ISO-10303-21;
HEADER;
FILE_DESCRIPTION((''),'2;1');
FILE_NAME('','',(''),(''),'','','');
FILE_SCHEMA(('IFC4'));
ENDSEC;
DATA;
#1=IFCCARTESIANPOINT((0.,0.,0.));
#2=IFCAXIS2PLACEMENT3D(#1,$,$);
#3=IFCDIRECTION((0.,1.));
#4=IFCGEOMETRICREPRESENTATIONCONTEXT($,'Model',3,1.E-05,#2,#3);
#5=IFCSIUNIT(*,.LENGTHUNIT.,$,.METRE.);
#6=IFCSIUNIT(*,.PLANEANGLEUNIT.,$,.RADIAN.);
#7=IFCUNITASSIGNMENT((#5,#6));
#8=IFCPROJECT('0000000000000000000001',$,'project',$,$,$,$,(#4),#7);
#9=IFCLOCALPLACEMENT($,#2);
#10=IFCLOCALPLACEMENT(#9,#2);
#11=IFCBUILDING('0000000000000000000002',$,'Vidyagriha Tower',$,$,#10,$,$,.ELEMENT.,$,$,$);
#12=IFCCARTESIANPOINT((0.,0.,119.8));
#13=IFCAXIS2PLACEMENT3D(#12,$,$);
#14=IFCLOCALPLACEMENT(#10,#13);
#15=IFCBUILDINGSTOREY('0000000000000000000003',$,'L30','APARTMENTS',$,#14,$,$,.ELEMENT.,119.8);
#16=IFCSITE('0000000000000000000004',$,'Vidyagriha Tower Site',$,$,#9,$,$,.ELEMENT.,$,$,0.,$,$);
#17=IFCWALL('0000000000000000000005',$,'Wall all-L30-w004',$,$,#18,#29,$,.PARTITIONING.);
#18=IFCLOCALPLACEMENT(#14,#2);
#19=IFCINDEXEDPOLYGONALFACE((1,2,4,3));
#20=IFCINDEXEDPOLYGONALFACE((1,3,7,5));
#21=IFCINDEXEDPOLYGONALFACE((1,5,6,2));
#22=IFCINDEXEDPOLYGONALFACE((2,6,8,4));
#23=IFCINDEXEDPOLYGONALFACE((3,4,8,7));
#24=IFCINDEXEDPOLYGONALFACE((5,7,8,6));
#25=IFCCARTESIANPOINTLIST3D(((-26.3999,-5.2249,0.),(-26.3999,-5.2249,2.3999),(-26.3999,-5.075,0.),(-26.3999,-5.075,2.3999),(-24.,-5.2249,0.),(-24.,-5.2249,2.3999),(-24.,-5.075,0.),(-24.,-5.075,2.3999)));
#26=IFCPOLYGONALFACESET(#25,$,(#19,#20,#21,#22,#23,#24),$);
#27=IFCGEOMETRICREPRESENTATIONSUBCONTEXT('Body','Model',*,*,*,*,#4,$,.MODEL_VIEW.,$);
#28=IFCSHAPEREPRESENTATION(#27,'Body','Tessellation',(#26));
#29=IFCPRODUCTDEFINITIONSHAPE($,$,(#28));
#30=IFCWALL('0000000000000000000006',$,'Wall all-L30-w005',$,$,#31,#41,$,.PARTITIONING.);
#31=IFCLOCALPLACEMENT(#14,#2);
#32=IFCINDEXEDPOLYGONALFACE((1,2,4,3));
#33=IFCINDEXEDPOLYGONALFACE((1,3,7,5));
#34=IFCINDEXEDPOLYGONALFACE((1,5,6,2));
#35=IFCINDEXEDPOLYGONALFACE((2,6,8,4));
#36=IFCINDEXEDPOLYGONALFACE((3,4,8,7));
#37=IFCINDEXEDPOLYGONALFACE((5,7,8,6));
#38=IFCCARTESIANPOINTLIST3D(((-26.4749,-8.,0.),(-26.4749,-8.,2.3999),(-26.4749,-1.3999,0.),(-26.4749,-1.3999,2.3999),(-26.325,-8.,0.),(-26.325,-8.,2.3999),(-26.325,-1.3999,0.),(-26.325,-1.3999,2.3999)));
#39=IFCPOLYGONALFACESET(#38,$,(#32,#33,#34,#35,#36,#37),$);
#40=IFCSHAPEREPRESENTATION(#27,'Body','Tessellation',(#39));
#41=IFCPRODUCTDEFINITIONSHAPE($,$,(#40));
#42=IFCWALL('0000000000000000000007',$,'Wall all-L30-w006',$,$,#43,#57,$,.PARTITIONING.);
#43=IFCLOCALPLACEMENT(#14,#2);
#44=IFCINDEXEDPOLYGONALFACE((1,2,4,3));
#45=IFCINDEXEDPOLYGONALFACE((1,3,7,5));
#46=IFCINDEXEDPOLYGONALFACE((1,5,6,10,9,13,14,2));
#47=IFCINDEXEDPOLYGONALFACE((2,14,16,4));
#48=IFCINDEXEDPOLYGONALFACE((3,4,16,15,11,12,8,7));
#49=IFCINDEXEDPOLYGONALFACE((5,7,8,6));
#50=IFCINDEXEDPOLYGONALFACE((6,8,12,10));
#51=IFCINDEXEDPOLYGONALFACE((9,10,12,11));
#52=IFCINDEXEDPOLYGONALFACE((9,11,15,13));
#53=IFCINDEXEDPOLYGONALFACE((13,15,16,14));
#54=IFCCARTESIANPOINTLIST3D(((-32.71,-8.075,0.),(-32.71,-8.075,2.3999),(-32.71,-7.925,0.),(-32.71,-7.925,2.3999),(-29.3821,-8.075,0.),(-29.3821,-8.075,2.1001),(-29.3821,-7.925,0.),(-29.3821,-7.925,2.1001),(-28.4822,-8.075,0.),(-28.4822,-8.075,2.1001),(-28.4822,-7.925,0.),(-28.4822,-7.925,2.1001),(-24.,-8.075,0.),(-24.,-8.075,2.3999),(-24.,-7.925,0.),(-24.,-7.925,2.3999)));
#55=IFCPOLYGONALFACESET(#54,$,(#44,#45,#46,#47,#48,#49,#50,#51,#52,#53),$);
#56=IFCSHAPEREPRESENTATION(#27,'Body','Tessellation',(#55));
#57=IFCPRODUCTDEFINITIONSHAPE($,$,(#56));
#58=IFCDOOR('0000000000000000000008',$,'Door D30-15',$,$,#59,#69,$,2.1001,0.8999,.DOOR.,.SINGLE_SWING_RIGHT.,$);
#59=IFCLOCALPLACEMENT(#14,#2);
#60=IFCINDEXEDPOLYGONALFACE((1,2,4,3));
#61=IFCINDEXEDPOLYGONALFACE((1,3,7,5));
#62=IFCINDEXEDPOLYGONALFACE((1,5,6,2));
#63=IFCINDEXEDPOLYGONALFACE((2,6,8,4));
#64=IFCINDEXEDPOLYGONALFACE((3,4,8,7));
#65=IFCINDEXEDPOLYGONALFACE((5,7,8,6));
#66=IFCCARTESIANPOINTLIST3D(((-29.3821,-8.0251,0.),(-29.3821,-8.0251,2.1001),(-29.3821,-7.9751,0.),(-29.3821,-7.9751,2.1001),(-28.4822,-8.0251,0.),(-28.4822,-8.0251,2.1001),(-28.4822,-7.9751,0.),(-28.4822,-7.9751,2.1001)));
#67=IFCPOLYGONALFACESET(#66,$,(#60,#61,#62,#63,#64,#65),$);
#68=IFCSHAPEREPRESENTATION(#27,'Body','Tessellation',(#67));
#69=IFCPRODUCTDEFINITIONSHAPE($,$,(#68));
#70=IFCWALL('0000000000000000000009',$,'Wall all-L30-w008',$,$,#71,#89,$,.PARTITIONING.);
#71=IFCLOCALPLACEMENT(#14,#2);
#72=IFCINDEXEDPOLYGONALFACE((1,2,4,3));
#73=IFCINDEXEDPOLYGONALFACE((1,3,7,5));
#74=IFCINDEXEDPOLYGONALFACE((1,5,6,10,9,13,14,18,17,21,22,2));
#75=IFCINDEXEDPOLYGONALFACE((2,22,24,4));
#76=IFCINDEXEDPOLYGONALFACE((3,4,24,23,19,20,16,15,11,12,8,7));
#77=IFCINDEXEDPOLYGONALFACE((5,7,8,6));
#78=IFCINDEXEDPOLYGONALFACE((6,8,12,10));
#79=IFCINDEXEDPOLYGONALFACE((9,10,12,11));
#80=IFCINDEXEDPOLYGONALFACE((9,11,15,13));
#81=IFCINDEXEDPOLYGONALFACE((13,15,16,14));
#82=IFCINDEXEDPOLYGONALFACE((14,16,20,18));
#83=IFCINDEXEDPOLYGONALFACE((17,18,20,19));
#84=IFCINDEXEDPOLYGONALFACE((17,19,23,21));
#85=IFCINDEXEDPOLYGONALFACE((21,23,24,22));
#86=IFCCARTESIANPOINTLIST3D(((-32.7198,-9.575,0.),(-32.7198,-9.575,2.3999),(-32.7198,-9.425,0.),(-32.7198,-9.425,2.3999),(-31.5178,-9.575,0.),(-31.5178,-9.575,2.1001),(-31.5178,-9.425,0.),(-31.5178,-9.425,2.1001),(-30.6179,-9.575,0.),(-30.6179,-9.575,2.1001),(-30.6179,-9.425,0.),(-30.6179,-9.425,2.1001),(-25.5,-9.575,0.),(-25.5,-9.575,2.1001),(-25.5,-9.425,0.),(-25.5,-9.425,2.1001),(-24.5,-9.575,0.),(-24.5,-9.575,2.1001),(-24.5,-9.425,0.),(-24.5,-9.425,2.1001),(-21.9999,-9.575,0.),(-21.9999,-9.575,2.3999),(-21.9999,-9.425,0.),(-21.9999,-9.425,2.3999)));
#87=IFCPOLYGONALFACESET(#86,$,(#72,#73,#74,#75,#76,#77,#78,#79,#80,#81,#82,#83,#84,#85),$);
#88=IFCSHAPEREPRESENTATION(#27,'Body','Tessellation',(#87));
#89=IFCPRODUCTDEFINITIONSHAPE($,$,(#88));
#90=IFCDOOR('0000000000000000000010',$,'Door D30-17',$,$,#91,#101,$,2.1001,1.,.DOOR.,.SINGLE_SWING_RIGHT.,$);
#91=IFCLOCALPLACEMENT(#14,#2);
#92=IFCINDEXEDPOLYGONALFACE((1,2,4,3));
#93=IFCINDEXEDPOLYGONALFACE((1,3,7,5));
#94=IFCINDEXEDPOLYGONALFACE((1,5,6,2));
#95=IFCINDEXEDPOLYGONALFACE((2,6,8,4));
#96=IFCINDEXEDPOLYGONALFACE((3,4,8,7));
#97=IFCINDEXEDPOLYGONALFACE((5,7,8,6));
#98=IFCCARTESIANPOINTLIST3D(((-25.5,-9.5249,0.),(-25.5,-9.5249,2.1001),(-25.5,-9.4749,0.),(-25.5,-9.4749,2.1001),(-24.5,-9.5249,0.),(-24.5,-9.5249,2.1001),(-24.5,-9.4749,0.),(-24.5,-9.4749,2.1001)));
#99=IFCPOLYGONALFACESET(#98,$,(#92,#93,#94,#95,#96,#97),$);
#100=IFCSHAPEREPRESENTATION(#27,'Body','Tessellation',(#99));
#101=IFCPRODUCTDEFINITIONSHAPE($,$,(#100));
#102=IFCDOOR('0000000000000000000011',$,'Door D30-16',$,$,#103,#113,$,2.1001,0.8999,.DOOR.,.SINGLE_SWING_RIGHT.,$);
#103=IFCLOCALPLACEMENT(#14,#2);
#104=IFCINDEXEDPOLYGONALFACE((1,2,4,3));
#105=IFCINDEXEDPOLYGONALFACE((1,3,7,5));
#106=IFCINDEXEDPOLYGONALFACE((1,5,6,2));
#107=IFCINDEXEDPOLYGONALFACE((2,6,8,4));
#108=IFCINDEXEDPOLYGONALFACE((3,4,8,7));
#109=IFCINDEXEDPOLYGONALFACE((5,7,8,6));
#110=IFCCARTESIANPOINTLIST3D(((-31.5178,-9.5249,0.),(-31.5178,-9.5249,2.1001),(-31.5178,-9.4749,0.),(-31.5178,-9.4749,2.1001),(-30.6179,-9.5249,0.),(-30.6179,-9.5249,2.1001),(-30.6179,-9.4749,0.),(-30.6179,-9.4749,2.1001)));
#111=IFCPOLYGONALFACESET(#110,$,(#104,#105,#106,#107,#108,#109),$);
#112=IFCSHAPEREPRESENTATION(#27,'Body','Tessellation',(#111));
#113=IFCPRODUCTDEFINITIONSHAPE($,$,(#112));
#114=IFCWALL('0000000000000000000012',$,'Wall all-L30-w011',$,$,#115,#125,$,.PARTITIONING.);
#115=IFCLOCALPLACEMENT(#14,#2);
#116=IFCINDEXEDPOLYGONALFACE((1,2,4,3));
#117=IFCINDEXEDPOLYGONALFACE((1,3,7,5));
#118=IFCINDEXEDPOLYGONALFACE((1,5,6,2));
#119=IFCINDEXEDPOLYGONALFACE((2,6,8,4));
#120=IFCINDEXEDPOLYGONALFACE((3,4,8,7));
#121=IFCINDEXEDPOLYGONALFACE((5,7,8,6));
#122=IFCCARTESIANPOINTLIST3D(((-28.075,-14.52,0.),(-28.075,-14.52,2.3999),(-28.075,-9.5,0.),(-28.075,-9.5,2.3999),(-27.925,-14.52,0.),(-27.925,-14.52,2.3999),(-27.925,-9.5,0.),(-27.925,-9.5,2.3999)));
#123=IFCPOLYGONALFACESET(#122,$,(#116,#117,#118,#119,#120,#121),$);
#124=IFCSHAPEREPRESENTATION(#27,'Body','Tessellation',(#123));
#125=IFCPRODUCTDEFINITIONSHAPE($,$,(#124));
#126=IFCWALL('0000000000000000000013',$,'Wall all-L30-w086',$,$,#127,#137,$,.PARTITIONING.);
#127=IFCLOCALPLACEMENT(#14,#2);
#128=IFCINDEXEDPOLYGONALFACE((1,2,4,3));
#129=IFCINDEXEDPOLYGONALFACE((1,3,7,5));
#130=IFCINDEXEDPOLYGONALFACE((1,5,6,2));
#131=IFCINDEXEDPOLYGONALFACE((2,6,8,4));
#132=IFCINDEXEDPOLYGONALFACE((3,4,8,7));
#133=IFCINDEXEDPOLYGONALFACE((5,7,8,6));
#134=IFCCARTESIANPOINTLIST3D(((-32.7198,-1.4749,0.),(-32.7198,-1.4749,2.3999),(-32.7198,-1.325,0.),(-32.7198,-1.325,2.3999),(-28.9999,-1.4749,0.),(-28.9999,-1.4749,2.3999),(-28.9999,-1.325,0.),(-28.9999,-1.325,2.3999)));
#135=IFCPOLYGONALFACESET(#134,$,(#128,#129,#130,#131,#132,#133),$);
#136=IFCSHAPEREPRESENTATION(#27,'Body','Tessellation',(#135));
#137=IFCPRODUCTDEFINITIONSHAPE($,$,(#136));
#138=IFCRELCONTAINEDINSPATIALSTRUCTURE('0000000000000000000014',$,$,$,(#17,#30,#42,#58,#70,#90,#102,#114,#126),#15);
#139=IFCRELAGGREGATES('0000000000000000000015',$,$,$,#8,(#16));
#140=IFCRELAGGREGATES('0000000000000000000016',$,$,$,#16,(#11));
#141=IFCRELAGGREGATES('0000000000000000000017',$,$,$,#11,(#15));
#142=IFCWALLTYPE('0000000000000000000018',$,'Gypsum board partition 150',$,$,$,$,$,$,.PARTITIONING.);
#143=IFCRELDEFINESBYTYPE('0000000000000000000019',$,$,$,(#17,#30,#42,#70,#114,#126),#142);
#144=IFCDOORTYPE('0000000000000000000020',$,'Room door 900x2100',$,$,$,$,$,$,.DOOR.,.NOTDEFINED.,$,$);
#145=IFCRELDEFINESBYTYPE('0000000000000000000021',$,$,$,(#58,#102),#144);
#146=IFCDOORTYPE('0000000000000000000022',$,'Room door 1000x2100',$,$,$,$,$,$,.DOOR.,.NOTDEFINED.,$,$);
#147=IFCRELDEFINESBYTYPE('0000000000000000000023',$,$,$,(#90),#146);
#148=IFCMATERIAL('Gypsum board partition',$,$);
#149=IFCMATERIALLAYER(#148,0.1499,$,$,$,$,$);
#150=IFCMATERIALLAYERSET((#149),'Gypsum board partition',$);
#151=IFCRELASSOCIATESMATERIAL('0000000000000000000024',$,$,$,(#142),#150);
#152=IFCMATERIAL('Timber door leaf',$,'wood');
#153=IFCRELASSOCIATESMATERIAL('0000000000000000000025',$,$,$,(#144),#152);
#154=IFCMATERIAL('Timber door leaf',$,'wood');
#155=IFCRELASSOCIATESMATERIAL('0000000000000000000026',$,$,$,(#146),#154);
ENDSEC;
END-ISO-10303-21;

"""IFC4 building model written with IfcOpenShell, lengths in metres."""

from ifc_helpers import new_model, si_unit, direction, frame, frame_2d, origin, place, context, subcontext, project, spatial, rectangle, extrude, material, layer, layer_set, type_object, element, fill, save


model = new_model("IFC4")

# Units and contexts
model_context = context("Model", 3, precision=1e-05, world=origin(), true_north=direction((0.0, 1.0)))
body_context = subcontext(model_context, "Body", "Model", "MODEL_VIEW")
ifc_project = project(units=[si_unit("LENGTHUNIT", "METRE"), si_unit("PLANEANGLEUNIT", "RADIAN")], contexts=[model_context])

# Site, building, storey
site_placement = place(None, origin())
site = spatial("IfcSite", under=ifc_project, at=site_placement, Name="Vidyagriha Tower Site", CompositionType="ELEMENT", RefElevation=0.0)
building_placement = place(site_placement, origin())
building = spatial("IfcBuilding", under=site, at=building_placement, Name="Vidyagriha Tower", CompositionType="ELEMENT")
storey_placement = place(building_placement, frame((0.0, 0.0, 119.8)))
storey = spatial("IfcBuildingStorey", under=building, at=storey_placement, Name="L30", Description="APARTMENTS", CompositionType="ELEMENT", Elevation=119.8)

# Walls
ifc_material_1 = material(Name="Gypsum board partition")
ifc_layer_1 = layer(ifc_material_1, 0.1499)
ifc_layer_set_1 = layer_set([ifc_layer_1], Name="Gypsum board partition")
wall_type_1 = type_object("IfcWallType", Name="Gypsum board partition 150", PredefinedType="PARTITIONING", material=ifc_layer_set_1)
wall_1_placement = place(storey_placement, frame((-24.0, -5.1499, 0.0), z_axis=(0.0, 0.0, 1.0), x_axis=(-1.0, 0.0, 0.0)))
element("IfcWall", 1, at=wall_1_placement, inside=storey, type_object=wall_type_1, Name="Wall all-L30-w004", PredefinedType="PARTITIONING", context=body_context, shape_type="SweptSolid", body=[
    extrude(rectangle(XDim=2.3999, YDim=0.1499, at=frame_2d((1.2, 0.0))), origin(), (0.0, 0.0, 1.0), 2.3999),
])
wall_2_placement = place(storey_placement, frame((-26.3999, -8.0, 0.0), z_axis=(0.0, 0.0, 1.0), x_axis=(0.0, 1.0, 0.0)))
element("IfcWall", 2, at=wall_2_placement, inside=storey, type_object=wall_type_1, Name="Wall all-L30-w005", PredefinedType="PARTITIONING", context=body_context, shape_type="SweptSolid", body=[
    extrude(rectangle(XDim=6.6001, YDim=0.1499, at=frame_2d((3.3, 0.0))), origin(), (0.0, 0.0, 1.0), 2.3999),
])

# Wall, opening, door
wall_3_placement = place(storey_placement, frame((-32.71, -8.0, 0.0)))
wall_3 = element("IfcWall", 3, at=wall_3_placement, inside=storey, type_object=wall_type_1, Name="Wall all-L30-w006", PredefinedType="PARTITIONING", context=body_context, shape_type="SweptSolid", body=[
    extrude(rectangle(XDim=8.71, YDim=0.1499, at=frame_2d((4.355, 0.0))), origin(), (0.0, 0.0, 1.0), 2.3999),
])
opening_1_placement = place(wall_3_placement, frame((3.3279, 0.0, 0.0)))
opening_1 = element("IfcOpeningElement", 4, at=opening_1_placement, cuts=wall_3, PredefinedType="OPENING", context=body_context, shape_type="SweptSolid", body=[
    extrude(rectangle(XDim=0.8999, YDim=2.1001, at=frame_2d((0.45, 1.05))), frame((0.0, 0.085, 0.0), z_axis=(0.0, -1.0, 0.0), x_axis=(1.0, 0.0, 0.0)), (0.0, 0.0, 1.0), 0.1699),
])
ifc_material_2 = material(Name="Timber door leaf", Category="wood")
door_type_1 = type_object("IfcDoorType", Name="Room door 900x2100", OperationType="NOTDEFINED", PredefinedType="DOOR", material=ifc_material_2)
door_1_placement = place(opening_1_placement, origin())
door_1 = element("IfcDoor", 5, at=door_1_placement, inside=storey, type_object=door_type_1, Name="Door D30-15", OperationType="SINGLE_SWING_RIGHT", OverallHeight=2.1001, OverallWidth=0.8999, PredefinedType="DOOR", context=body_context, shape_type="SweptSolid", body=[
    extrude(rectangle(XDim=0.8999, YDim=2.1001, at=frame_2d((0.45, 1.05))), frame((0.0, 0.0249, 0.0), z_axis=(0.0, -1.0, 0.0), x_axis=(1.0, 0.0, 0.0)), (0.0, 0.0, 1.0), 0.05),
])
fill(opening_1, door_1)

# Wall, openings, doors
wall_4_placement = place(storey_placement, frame((-22.0, -9.5, 0.0), z_axis=(0.0, 0.0, 1.0), x_axis=(-1.0, 0.0, 0.0)))
wall_4 = element("IfcWall", 6, at=wall_4_placement, inside=storey, type_object=wall_type_1, Name="Wall all-L30-w008", PredefinedType="PARTITIONING", context=body_context, shape_type="SweptSolid", body=[
    extrude(rectangle(XDim=10.72, YDim=0.1499, at=frame_2d((5.3599, 0.0))), origin(), (0.0, 0.0, 1.0), 2.3999),
])
opening_2_placement = place(wall_4_placement, frame((8.6179, 0.0, 0.0)))
opening_2 = element("IfcOpeningElement", 7, at=opening_2_placement, cuts=wall_4, PredefinedType="OPENING", context=body_context, shape_type="SweptSolid", body=[
    extrude(rectangle(XDim=0.8999, YDim=2.1001, at=frame_2d((0.45, 1.05))), frame((0.0, 0.085, 0.0), z_axis=(0.0, -1.0, 0.0), x_axis=(1.0, 0.0, 0.0)), (0.0, 0.0, 1.0), 0.1699),
])
opening_3_placement = place(wall_4_placement, frame((2.5, 0.0, 0.0)))
opening_3 = element("IfcOpeningElement", 8, at=opening_3_placement, cuts=wall_4, PredefinedType="OPENING", context=body_context, shape_type="SweptSolid", body=[
    extrude(rectangle(XDim=1.0, YDim=2.1001, at=frame_2d((0.5, 1.05))), frame((0.0, 0.085, 0.0), z_axis=(0.0, -1.0, 0.0), x_axis=(1.0, 0.0, 0.0)), (0.0, 0.0, 1.0), 0.1699),
])
ifc_material_3 = material(Name="Timber door leaf", Category="wood")
door_type_2 = type_object("IfcDoorType", Name="Room door 1000x2100", OperationType="NOTDEFINED", PredefinedType="DOOR", material=ifc_material_3)
door_2_placement = place(opening_3_placement, origin())
door_2 = element("IfcDoor", 9, at=door_2_placement, inside=storey, type_object=door_type_2, Name="Door D30-17", OperationType="SINGLE_SWING_RIGHT", OverallHeight=2.1001, OverallWidth=1.0, PredefinedType="DOOR", context=body_context, shape_type="SweptSolid", body=[
    extrude(rectangle(XDim=1.0, YDim=2.1001, at=frame_2d((0.5, 1.05))), frame((0.0, 0.0249, 0.0), z_axis=(0.0, -1.0, 0.0), x_axis=(1.0, 0.0, 0.0)), (0.0, 0.0, 1.0), 0.05),
])
fill(opening_3, door_2)
door_3_placement = place(opening_2_placement, origin())
door_3 = element("IfcDoor", 10, at=door_3_placement, inside=storey, type_object=door_type_1, Name="Door D30-16", OperationType="SINGLE_SWING_RIGHT", OverallHeight=2.1001, OverallWidth=0.8999, PredefinedType="DOOR", context=body_context, shape_type="SweptSolid", body=[
    extrude(rectangle(XDim=0.8999, YDim=2.1001, at=frame_2d((0.45, 1.05))), frame((0.0, 0.0249, 0.0), z_axis=(0.0, -1.0, 0.0), x_axis=(1.0, 0.0, 0.0)), (0.0, 0.0, 1.0), 0.05),
])
fill(opening_2, door_3)

# Walls
wall_5_placement = place(storey_placement, frame((-28.0, -9.5, 0.0), z_axis=(0.0, 0.0, 1.0), x_axis=(0.0, -1.0, 0.0)))
element("IfcWall", 11, at=wall_5_placement, inside=storey, type_object=wall_type_1, Name="Wall all-L30-w011", PredefinedType="PARTITIONING", context=body_context, shape_type="SweptSolid", body=[
    extrude(rectangle(XDim=5.02, YDim=0.1499, at=frame_2d((2.51, 0.0))), origin(), (0.0, 0.0, 1.0), 2.3999),
])
wall_6_placement = place(storey_placement, frame((-29.0, -1.3999, 0.0), z_axis=(0.0, 0.0, 1.0), x_axis=(-1.0, 0.0, 0.0)))
element("IfcWall", 12, at=wall_6_placement, inside=storey, type_object=wall_type_1, Name="Wall all-L30-w086", PredefinedType="PARTITIONING", context=body_context, shape_type="SweptSolid", body=[
    extrude(rectangle(XDim=3.72, YDim=0.1499, at=frame_2d((1.8599, 0.0))), origin(), (0.0, 0.0, 1.0), 2.3999),
])

save(model, "model.ifc")
